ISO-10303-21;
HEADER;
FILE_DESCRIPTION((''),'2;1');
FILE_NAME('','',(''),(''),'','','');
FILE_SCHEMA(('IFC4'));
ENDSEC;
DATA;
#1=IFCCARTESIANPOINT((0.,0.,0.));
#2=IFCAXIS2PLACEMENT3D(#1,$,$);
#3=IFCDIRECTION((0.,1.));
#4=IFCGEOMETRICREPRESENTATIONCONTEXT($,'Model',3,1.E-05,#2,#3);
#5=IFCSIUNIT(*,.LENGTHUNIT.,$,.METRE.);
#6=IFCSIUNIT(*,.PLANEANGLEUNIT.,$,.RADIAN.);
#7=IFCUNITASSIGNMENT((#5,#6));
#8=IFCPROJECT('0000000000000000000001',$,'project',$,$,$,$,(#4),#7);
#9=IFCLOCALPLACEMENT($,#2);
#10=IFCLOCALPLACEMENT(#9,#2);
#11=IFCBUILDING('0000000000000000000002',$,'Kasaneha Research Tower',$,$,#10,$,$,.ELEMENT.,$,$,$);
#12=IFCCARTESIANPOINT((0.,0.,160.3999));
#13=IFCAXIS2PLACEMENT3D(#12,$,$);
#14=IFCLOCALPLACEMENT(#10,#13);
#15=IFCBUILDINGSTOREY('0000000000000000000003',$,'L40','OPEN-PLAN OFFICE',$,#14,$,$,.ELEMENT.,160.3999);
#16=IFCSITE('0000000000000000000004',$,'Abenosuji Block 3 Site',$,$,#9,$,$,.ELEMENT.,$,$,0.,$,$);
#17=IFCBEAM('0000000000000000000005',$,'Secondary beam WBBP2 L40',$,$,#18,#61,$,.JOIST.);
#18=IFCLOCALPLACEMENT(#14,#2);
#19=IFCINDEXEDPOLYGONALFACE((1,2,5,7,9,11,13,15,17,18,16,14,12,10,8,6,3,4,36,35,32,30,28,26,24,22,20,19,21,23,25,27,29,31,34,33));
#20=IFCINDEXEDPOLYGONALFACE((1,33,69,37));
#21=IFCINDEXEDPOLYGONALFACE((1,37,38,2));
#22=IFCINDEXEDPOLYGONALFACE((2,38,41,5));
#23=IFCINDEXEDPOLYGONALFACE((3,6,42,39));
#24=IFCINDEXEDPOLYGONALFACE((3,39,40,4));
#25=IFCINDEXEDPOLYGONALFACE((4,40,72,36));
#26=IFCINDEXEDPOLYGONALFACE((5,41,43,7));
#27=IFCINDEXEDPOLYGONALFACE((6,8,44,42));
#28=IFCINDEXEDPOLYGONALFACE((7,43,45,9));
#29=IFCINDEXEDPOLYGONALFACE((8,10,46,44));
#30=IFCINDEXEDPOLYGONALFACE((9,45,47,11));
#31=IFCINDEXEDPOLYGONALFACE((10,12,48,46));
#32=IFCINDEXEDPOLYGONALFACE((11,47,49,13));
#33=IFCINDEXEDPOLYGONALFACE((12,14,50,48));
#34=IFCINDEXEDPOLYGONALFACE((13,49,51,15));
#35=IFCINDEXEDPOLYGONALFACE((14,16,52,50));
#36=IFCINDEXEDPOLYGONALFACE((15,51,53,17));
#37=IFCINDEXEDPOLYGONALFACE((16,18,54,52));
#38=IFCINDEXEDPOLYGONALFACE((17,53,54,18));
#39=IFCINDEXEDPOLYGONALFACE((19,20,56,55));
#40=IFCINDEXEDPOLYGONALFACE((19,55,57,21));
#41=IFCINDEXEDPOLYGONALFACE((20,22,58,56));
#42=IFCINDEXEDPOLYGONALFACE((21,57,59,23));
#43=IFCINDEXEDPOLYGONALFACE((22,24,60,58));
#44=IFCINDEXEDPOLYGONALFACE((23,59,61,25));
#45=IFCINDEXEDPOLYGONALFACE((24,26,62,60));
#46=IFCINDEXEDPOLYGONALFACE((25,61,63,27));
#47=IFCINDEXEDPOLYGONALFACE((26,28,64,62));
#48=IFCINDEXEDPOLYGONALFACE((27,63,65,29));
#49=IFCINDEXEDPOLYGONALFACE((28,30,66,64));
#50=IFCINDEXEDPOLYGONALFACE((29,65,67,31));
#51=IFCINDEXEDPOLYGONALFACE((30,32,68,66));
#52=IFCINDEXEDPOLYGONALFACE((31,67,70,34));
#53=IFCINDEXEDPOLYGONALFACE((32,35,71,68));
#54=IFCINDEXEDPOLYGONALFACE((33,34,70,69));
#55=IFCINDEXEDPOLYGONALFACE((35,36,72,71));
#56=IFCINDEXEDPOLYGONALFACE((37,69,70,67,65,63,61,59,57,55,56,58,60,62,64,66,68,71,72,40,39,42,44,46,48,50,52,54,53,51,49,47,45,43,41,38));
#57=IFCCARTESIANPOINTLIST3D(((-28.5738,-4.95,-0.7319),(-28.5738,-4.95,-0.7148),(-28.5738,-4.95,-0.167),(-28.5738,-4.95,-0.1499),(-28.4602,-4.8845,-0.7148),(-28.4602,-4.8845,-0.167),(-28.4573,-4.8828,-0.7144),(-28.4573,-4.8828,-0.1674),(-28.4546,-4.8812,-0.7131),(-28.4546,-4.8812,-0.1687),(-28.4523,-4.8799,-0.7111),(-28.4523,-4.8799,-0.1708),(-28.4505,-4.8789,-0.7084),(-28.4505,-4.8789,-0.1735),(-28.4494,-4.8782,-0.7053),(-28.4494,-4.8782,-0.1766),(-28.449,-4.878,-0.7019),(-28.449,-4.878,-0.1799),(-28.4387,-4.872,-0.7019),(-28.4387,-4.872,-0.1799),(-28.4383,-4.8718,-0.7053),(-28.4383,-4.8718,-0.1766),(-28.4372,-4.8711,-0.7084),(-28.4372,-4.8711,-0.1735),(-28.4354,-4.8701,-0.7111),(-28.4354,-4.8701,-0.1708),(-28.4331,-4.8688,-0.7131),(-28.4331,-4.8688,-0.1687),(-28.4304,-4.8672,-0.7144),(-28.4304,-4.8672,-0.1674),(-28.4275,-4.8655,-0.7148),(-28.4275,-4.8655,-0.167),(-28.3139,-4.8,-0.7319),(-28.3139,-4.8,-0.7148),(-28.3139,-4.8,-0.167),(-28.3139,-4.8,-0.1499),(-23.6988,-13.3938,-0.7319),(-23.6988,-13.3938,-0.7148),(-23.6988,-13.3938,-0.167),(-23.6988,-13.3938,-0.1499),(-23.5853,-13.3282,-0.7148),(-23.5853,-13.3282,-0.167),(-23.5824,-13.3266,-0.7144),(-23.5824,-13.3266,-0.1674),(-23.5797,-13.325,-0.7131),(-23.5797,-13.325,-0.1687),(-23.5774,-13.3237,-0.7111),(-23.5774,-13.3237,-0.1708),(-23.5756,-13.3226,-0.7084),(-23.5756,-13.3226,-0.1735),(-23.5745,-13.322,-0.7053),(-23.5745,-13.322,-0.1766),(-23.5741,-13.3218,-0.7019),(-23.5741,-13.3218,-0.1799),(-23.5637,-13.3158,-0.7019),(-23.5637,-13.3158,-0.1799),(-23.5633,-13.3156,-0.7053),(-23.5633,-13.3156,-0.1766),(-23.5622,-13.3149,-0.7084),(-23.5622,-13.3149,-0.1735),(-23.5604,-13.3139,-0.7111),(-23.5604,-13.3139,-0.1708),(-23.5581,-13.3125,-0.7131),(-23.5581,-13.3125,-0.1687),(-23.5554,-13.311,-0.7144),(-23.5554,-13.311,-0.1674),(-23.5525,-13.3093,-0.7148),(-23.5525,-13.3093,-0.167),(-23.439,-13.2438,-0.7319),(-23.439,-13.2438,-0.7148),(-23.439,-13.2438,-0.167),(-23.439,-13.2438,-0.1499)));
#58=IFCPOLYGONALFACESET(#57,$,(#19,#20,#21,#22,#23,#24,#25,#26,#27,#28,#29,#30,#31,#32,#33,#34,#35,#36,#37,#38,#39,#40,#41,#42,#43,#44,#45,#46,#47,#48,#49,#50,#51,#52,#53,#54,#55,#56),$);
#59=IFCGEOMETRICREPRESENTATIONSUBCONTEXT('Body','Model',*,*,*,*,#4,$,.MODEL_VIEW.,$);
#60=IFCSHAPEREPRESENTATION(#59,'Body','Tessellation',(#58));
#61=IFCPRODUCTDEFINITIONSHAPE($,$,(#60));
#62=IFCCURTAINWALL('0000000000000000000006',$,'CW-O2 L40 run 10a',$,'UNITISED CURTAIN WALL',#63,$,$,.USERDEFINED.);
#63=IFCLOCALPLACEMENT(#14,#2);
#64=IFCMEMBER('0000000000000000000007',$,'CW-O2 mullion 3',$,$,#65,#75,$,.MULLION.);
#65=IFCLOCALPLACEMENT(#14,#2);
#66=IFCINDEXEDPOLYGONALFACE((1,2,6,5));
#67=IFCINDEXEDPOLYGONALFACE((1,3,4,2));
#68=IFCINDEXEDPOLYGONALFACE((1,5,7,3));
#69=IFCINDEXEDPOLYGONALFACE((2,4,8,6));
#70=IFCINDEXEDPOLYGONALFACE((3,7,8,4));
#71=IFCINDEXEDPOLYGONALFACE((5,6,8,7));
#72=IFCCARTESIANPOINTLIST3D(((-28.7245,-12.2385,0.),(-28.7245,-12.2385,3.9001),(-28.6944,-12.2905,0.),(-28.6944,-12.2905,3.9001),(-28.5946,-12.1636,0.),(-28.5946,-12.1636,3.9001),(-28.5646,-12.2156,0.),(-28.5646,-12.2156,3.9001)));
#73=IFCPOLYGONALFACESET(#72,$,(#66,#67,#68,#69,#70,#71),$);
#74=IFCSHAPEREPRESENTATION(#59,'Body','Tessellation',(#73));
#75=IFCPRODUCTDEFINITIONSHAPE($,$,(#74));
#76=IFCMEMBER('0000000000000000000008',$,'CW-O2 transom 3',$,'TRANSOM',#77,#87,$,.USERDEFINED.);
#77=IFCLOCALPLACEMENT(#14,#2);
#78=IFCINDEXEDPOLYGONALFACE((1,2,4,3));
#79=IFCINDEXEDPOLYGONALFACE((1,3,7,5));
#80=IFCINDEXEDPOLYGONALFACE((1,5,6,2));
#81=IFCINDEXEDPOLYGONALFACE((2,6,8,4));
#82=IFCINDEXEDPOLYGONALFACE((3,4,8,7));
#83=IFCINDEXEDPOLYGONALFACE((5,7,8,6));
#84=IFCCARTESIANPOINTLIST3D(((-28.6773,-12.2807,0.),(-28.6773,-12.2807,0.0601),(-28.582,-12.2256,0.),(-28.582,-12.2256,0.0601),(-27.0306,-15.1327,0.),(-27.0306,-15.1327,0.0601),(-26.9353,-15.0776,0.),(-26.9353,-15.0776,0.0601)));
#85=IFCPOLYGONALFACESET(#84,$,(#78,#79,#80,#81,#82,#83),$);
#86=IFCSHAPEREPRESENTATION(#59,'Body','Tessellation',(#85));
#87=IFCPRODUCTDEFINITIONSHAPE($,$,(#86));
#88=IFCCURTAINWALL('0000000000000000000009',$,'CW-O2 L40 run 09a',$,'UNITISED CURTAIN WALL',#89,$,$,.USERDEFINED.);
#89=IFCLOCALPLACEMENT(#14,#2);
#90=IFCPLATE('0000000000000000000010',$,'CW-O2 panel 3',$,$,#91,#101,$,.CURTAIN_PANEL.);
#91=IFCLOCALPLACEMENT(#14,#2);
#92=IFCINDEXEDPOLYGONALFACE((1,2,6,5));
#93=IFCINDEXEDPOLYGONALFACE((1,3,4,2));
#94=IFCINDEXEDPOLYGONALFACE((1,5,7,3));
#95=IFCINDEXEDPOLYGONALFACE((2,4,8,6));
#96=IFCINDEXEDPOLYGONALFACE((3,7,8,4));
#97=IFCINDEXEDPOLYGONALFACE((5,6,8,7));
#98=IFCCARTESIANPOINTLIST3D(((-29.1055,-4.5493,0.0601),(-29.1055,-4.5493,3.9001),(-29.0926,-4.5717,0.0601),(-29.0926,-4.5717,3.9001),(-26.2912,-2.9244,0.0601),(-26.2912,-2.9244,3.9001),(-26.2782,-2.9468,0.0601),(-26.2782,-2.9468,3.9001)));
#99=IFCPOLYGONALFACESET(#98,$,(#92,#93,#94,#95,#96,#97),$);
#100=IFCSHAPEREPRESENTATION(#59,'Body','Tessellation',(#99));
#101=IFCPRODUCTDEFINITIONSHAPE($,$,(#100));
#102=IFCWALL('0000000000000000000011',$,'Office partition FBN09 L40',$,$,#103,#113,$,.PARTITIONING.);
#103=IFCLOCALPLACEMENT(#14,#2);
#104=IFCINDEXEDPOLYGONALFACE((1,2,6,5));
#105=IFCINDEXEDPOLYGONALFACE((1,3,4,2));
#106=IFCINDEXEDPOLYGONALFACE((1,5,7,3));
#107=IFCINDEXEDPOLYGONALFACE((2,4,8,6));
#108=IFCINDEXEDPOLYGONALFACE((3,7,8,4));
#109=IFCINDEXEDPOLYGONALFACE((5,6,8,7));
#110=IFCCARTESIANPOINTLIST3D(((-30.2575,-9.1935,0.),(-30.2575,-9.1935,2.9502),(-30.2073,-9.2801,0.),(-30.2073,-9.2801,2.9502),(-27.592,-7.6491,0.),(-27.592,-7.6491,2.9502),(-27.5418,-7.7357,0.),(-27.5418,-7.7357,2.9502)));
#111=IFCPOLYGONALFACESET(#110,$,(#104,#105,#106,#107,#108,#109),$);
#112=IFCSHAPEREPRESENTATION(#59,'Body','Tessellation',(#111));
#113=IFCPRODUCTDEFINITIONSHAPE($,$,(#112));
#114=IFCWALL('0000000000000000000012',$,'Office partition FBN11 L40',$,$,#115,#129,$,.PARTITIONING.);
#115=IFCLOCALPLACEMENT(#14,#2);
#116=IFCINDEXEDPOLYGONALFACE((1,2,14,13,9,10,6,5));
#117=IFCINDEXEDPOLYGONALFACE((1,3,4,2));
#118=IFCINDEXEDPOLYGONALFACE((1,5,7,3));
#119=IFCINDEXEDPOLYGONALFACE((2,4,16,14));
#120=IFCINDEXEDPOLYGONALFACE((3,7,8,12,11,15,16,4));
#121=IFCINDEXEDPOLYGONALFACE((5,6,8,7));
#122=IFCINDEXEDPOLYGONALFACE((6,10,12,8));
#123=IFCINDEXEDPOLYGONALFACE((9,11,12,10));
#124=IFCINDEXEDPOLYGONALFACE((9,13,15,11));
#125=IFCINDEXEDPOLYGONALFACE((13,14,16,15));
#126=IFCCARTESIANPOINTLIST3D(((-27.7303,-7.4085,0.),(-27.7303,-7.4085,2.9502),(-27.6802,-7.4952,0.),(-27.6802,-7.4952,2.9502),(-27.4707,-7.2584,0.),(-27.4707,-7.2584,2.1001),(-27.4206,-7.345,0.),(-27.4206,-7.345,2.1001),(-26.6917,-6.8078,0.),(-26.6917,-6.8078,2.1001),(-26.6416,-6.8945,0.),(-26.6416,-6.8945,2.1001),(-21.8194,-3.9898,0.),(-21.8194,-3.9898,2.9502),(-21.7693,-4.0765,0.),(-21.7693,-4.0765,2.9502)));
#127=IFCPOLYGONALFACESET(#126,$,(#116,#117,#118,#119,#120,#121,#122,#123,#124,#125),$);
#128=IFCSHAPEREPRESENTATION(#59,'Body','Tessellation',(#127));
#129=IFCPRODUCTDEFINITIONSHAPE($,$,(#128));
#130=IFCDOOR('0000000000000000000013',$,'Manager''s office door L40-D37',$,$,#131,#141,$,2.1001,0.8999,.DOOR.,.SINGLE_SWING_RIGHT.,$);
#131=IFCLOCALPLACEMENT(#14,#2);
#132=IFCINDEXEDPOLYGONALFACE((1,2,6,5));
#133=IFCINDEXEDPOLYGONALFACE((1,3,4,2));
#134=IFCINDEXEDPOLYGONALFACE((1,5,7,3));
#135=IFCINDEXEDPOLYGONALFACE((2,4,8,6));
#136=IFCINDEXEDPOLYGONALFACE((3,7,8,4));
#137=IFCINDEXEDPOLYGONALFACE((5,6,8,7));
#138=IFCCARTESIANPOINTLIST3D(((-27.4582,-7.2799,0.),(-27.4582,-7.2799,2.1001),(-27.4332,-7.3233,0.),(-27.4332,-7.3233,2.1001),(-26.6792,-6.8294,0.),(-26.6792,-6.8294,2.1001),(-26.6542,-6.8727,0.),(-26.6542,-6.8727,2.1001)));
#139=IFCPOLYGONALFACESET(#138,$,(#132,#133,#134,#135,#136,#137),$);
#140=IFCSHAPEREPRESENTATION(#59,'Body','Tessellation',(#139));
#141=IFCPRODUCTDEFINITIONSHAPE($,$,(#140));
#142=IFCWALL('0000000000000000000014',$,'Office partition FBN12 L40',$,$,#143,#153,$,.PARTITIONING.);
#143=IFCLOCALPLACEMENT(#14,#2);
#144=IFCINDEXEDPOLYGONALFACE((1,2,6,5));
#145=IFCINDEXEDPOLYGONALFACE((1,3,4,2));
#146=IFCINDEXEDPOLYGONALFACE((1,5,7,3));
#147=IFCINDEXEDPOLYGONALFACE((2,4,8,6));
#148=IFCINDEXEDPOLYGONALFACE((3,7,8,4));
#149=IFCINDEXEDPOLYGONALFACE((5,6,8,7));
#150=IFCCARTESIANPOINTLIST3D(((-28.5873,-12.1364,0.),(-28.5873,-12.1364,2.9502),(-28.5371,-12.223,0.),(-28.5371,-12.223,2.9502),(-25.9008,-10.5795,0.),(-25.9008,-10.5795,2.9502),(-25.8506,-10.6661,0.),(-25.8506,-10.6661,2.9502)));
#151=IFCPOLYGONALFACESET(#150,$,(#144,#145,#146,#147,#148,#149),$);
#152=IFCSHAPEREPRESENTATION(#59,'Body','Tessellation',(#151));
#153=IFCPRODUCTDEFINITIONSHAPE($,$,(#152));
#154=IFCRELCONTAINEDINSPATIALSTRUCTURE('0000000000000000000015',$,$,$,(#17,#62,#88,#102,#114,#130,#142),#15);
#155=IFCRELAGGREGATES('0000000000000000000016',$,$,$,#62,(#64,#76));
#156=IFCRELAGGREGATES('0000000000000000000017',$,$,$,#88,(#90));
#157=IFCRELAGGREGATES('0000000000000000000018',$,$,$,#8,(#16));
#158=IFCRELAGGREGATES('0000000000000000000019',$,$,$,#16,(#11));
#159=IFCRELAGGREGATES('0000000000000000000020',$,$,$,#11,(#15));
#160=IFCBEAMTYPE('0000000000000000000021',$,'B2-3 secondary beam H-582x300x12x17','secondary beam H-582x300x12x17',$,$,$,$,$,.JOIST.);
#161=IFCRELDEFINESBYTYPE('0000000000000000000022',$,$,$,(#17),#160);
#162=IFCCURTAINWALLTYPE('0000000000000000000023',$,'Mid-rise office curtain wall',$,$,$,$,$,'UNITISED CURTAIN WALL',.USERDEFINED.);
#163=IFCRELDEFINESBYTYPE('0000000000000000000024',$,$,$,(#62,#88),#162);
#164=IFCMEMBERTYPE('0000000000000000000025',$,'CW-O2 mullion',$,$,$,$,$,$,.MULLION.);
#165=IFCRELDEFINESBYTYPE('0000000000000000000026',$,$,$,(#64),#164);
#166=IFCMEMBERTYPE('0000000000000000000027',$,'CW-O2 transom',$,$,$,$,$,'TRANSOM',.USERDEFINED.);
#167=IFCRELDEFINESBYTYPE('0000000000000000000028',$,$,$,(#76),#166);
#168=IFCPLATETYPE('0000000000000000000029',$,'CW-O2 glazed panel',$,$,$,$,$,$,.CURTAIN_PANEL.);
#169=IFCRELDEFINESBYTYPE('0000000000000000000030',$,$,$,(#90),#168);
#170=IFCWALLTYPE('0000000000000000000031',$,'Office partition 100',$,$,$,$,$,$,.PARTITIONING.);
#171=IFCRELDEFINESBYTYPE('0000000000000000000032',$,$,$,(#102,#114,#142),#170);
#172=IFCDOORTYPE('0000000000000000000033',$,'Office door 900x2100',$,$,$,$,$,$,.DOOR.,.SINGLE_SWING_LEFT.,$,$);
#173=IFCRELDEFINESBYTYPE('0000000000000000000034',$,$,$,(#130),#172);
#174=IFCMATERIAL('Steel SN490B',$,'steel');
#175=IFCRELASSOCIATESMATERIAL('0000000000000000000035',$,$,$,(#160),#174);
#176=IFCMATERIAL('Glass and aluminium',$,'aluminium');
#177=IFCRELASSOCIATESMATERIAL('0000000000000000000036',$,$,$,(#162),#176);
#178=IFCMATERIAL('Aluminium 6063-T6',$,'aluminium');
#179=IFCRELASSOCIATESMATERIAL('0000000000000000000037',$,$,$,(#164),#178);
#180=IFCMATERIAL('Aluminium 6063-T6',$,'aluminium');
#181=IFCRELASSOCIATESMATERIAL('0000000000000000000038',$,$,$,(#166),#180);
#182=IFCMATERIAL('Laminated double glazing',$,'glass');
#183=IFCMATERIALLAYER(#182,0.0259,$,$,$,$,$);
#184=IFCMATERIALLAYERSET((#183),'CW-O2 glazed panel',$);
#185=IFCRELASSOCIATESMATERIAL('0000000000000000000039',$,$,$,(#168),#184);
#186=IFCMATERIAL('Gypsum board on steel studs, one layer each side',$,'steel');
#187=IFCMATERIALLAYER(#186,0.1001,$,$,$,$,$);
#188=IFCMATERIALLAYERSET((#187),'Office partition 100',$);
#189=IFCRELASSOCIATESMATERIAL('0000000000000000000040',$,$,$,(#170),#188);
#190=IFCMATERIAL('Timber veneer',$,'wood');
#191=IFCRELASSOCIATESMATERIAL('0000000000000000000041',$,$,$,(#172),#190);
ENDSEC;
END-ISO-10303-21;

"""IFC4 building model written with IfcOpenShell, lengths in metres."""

from ifc_helpers import new_model, si_unit, direction, frame, frame_2d, origin, origin_2d, place, context, subcontext, project, spatial, rectangle, i_section, extrude, material, layer, layer_set, material_profile, profile_set, type_object, element, fill, aggregate, save


model = new_model("IFC4")

# Units and contexts
model_context = context("Model", 3, precision=1e-05, world=origin(), true_north=direction((0.0, 1.0)))
body_context = subcontext(model_context, "Body", "Model", "MODEL_VIEW")
ifc_project = project(units=[si_unit("LENGTHUNIT", "METRE"), si_unit("PLANEANGLEUNIT", "RADIAN")], contexts=[model_context])

# Site, building, storey
site_placement = place(None, origin())
site = spatial("IfcSite", under=ifc_project, at=site_placement, Name="Abenosuji Block 3 Site", CompositionType="ELEMENT", RefElevation=0.0)
building_placement = place(site_placement, origin())
building = spatial("IfcBuilding", under=site, at=building_placement, Name="Kasaneha Research Tower", CompositionType="ELEMENT")
storey_placement = place(building_placement, frame((0.0, 0.0, 160.3999)))
storey = spatial("IfcBuildingStorey", under=building, at=storey_placement, Name="L40", Description="OPEN-PLAN OFFICE", CompositionType="ELEMENT", Elevation=160.3999)

# Beam
ifc_material_1 = material(Name="Steel SN490B", Category="steel")
ifc_material_profile_1 = material_profile(ifc_material_1, i_section(OverallWidth=0.3, OverallDepth=0.582, WebThickness=0.012, FlangeThickness=0.0171, FilletRadius=0.0129, at=origin_2d()), Name="H-582x300x12x17")
ifc_profile_set_1 = profile_set([ifc_material_profile_1], Name="Steel SN490B")
beam_type = type_object("IfcBeamType", Name="B2-3 secondary beam H-582x300x12x17", Description="secondary beam H-582x300x12x17", PredefinedType="JOIST", material=ifc_profile_set_1)
beam_placement = place(storey_placement, frame((-28.4438, -4.875, -0.4409), z_axis=(0.499996, -0.866028, 0.0), x_axis=(0.866028, 0.499996, 0.0)))
element("IfcBeam", 1, at=beam_placement, inside=storey, type_object=beam_type, Name="Secondary beam WBBP2 L40", PredefinedType="JOIST", context=body_context, shape_type="SweptSolid", body=[
    extrude(i_section(OverallWidth=0.3, OverallDepth=0.582, WebThickness=0.012, FlangeThickness=0.0171, FilletRadius=0.0129, at=origin_2d()), origin(), (0.0, 0.0, 1.0), 9.75),
])

# Curtain wall, members
ifc_material_2 = material(Name="Glass and aluminium", Category="aluminium")
curtain_wall_type = type_object("IfcCurtainWallType", Name="Mid-rise office curtain wall", ElementType="UNITISED CURTAIN WALL", PredefinedType="USERDEFINED", material=ifc_material_2)
curtain_wall_1_placement = place(storey_placement, origin())
curtain_wall_1 = element("IfcCurtainWall", 2, at=curtain_wall_1_placement, inside=storey, type_object=curtain_wall_type, Name="CW-O2 L40 run 10a", ObjectType="UNITISED CURTAIN WALL", PredefinedType="USERDEFINED")
ifc_material_3 = material(Name="Aluminium 6063-T6", Category="aluminium")
ifc_material_profile_2 = material_profile(ifc_material_3, rectangle(XDim=0.0601, YDim=0.1499, at=origin_2d()), Name="CW-O2 mullion 60x150")
ifc_profile_set_2 = profile_set([ifc_material_profile_2], Name="Aluminium 6063-T6")
member_type_1 = type_object("IfcMemberType", Name="CW-O2 mullion", PredefinedType="MULLION", material=ifc_profile_set_2)
member_1_placement = place(storey_placement, frame((-28.6445, -12.2271, 0.0), z_axis=(0.0, 0.0, 1.0), x_axis=(0.5, -0.866025, 0.0)))
member_1 = element("IfcMember", 3, at=member_1_placement, type_object=member_type_1, Name="CW-O2 mullion 3", PredefinedType="MULLION", context=body_context, shape_type="SweptSolid", body=[
    extrude(rectangle(XDim=0.0601, YDim=0.1499, at=origin_2d()), origin(), (0.0, 0.0, 1.0), 3.9001),
])
ifc_material_4 = material(Name="Aluminium 6063-T6", Category="aluminium")
ifc_material_profile_3 = material_profile(ifc_material_4, rectangle(XDim=0.1101, YDim=0.0601, at=origin_2d()), Name="CW-O2 transom 110x60")
ifc_profile_set_3 = profile_set([ifc_material_profile_3], Name="Aluminium 6063-T6")
member_type_2 = type_object("IfcMemberType", Name="CW-O2 transom", ElementType="TRANSOM", PredefinedType="USERDEFINED", material=ifc_profile_set_3)
member_2_placement = place(storey_placement, frame((-28.6296, -12.2532, 0.03), z_axis=(0.500022, -0.866013, 0.0), x_axis=(0.866013, 0.500022, 0.0)))
member_2 = element("IfcMember", 4, at=member_2_placement, type_object=member_type_2, Name="CW-O2 transom 3", ObjectType="TRANSOM", PredefinedType="USERDEFINED", context=body_context, shape_type="SweptSolid", body=[
    extrude(rectangle(XDim=0.1101, YDim=0.0601, at=origin_2d()), origin(), (0.0, 0.0, 1.0), 3.2932),
])
aggregate(curtain_wall_1, [member_1, member_2])

# Curtain wall, plate
curtain_wall_2_placement = place(storey_placement, origin())
curtain_wall_2 = element("IfcCurtainWall", 5, at=curtain_wall_2_placement, inside=storey, type_object=curtain_wall_type, Name="CW-O2 L40 run 09a", ObjectType="UNITISED CURTAIN WALL", PredefinedType="USERDEFINED")
ifc_material_5 = material(Name="Laminated double glazing", Category="glass")
ifc_layer_1 = layer(ifc_material_5, 0.0259)
ifc_layer_set_1 = layer_set([ifc_layer_1], Name="CW-O2 glazed panel")
plate_type = type_object("IfcPlateType", Name="CW-O2 glazed panel", PredefinedType="CURTAIN_PANEL", material=ifc_layer_set_1)
plate_placement = place(storey_placement, frame((-27.6919, -3.748, 0.0601), z_axis=(0.0, 0.0, 1.0), x_axis=(-0.866025, -0.5, 0.0)))
plate = element("IfcPlate", 6, at=plate_placement, type_object=plate_type, Name="CW-O2 panel 3", PredefinedType="CURTAIN_PANEL", context=body_context, shape_type="SweptSolid", body=[
    extrude(rectangle(XDim=3.2498, YDim=0.0259, at=origin_2d()), origin(), (0.0, 0.0, 1.0), 3.8401),
])
aggregate(curtain_wall_2, [plate])

# Wall
ifc_material_6 = material(Name="Gypsum board on steel studs, one layer each side", Category="steel")
ifc_layer_2 = layer(ifc_material_6, 0.1001)
ifc_layer_set_2 = layer_set([ifc_layer_2], Name="Office partition 100")
wall_type_1 = type_object("IfcWallType", Name="Office partition 100", PredefinedType="PARTITIONING", material=ifc_layer_set_2)
wall_1_placement = place(storey_placement, frame((-27.5669, -7.6924, 0.0), z_axis=(0.0, 0.0, 1.0), x_axis=(-0.865253, -0.501336, 0.0)))
element("IfcWall", 7, at=wall_1_placement, inside=storey, type_object=wall_type_1, Name="Office partition FBN09 L40", PredefinedType="PARTITIONING", context=body_context, shape_type="SweptSolid", body=[
    extrude(rectangle(XDim=3.0806, YDim=0.1001, at=frame_2d((1.5403, 0.0))), origin(), (0.0, 0.0, 1.0), 2.9502),
])

# Wall, opening, door
wall_2_placement = place(storey_placement, frame((-21.7944, -4.0332, 0.0), z_axis=(0.0, 0.0, 1.0), x_axis=(-0.865642, -0.500664, 0.0)))
wall_2 = element("IfcWall", 8, at=wall_2_placement, inside=storey, type_object=wall_type_1, Name="Office partition FBN11 L40", PredefinedType="PARTITIONING", context=body_context, shape_type="SweptSolid", body=[
    extrude(rectangle(XDim=6.8284, YDim=0.1001, at=frame_2d((3.4141, 0.0))), origin(), (0.0, 0.0, 1.0), 2.9502),
])
opening_1_placement = place(wall_2_placement, frame((5.6284, 0.0, 0.0)))
opening_1 = element("IfcOpeningElement", 9, at=opening_1_placement, cuts=wall_2, PredefinedType="OPENING", context=body_context, shape_type="SweptSolid", body=[
    extrude(rectangle(XDim=0.8999, YDim=2.1001, at=frame_2d((0.45, 1.05))), frame((0.0, 0.0601, 0.0), z_axis=(0.0, -1.0, 0.0), x_axis=(1.0, 0.0, 0.0)), (0.0, 0.0, 1.0), 0.1201),
])
ifc_material_7 = material(Name="Timber veneer", Category="wood")
door_type_1 = type_object("IfcDoorType", Name="Office door 900x2100", OperationType="SINGLE_SWING_LEFT", PredefinedType="DOOR", material=ifc_material_7)
door_1_placement = place(opening_1_placement, origin())
door_1 = element("IfcDoor", 10, at=door_1_placement, inside=storey, type_object=door_type_1, Name="Manager's office door L40-D37", OperationType="SINGLE_SWING_RIGHT", OverallHeight=2.1001, OverallWidth=0.8999, PredefinedType="DOOR", context=body_context, shape_type="SweptSolid", body=[
    extrude(rectangle(XDim=0.8999, YDim=2.1001, at=frame_2d((0.45, 1.05))), frame((0.0, 0.0249, 0.0), z_axis=(0.0, -1.0, 0.0), x_axis=(1.0, 0.0, 0.0)), (0.0, 0.0, 1.0), 0.05),
])
fill(opening_1, door_1)

# Wall
wall_3_placement = place(storey_placement, frame((-25.8757, -10.6228, 0.0), z_axis=(0.0, 0.0, 1.0), x_axis=(-0.865213, -0.501405, 0.0)))
element("IfcWall", 11, at=wall_3_placement, inside=storey, type_object=wall_type_1, Name="Office partition FBN12 L40", PredefinedType="PARTITIONING", context=body_context, shape_type="SweptSolid", body=[
    extrude(rectangle(XDim=3.105, YDim=0.1001, at=frame_2d((1.5525, 0.0))), origin(), (0.0, 0.0, 1.0), 2.9502),
])

save(model, "model.ifc")
